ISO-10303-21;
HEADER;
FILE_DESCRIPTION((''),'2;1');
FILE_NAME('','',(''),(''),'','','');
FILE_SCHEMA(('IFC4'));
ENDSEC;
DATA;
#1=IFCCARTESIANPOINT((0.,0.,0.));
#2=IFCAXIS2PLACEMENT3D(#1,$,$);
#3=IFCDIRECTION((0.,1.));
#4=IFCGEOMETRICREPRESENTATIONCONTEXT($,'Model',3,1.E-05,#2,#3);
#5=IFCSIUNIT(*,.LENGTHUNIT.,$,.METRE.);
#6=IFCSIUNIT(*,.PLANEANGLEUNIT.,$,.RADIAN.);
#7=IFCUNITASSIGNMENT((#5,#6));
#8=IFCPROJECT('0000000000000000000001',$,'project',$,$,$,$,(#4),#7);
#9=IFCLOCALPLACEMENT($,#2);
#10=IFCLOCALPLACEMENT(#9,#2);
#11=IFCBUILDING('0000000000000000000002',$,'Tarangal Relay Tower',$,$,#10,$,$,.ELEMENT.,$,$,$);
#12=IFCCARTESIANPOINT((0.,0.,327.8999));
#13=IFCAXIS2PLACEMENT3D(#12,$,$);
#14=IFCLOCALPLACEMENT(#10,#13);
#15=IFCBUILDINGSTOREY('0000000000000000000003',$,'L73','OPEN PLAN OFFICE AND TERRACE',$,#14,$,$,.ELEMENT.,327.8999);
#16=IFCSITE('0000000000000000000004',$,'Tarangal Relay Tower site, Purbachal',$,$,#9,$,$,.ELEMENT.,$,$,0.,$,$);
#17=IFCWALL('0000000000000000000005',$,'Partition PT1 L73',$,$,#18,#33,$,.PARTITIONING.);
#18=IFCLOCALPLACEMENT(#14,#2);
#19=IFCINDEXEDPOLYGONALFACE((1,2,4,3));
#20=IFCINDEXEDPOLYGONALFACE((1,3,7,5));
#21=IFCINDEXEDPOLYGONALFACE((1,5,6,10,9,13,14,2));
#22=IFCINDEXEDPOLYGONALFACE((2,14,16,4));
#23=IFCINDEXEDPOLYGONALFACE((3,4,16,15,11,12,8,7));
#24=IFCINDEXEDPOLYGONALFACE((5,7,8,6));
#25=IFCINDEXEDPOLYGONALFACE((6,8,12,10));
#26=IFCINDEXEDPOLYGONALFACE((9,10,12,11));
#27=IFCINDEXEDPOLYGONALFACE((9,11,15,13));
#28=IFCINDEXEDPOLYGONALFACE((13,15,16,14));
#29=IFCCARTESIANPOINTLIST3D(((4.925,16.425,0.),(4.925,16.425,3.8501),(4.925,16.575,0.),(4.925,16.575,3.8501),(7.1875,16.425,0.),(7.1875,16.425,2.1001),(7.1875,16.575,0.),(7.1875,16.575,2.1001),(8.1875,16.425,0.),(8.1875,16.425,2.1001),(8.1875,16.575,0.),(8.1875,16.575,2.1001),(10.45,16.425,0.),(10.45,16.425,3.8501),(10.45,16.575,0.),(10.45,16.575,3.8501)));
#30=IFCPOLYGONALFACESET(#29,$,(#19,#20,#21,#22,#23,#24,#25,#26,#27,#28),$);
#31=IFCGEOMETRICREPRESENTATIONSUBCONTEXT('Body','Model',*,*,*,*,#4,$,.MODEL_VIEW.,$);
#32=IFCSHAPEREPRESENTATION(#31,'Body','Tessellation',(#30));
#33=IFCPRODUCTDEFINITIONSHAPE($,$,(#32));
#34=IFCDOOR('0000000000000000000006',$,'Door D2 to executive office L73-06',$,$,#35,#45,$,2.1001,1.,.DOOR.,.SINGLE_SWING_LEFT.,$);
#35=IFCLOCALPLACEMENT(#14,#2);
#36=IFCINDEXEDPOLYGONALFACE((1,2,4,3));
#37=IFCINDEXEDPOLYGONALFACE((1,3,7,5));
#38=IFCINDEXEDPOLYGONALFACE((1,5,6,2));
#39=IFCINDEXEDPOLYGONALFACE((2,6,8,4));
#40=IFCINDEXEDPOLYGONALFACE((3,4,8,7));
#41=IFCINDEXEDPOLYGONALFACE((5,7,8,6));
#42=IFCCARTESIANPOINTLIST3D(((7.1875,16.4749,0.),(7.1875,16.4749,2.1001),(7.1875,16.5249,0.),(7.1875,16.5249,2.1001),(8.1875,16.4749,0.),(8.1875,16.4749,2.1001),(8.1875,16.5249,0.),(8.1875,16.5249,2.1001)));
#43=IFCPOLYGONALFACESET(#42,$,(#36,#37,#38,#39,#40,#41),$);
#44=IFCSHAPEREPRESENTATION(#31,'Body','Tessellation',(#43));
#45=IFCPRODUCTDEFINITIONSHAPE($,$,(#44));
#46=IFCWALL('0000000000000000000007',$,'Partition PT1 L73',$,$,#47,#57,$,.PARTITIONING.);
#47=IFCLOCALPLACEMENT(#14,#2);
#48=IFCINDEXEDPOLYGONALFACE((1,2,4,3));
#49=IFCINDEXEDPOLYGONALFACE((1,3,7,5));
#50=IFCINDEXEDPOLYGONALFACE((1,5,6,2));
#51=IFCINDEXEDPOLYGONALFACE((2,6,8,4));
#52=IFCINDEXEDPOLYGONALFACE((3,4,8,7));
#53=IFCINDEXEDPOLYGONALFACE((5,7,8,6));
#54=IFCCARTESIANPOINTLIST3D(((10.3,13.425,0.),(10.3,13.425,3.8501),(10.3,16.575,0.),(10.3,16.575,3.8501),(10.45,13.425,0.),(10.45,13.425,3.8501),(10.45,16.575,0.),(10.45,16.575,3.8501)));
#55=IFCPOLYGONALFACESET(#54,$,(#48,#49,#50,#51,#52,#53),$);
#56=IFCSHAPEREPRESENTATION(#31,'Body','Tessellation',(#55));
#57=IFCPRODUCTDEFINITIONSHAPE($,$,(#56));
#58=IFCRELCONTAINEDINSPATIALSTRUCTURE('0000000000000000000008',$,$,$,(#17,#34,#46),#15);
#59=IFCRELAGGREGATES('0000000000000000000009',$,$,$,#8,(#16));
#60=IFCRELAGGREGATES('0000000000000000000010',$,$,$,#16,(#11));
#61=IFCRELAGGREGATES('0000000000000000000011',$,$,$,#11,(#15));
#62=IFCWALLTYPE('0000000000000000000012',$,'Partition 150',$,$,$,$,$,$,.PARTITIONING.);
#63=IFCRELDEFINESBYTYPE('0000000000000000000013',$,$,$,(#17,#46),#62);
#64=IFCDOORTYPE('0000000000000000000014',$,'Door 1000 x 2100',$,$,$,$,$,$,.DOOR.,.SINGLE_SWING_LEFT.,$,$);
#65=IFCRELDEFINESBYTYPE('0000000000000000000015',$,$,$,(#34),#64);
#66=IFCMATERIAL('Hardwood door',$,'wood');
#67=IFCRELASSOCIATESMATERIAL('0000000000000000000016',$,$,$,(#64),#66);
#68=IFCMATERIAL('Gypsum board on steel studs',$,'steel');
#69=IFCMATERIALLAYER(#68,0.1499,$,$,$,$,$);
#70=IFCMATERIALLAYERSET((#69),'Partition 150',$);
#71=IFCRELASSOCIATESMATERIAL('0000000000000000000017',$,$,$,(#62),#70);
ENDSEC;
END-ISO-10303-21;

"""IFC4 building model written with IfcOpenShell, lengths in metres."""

from ifc_helpers import new_model, si_unit, direction, frame, frame_2d, origin, place, context, subcontext, project, spatial, rectangle, extrude, material, layer, layer_set, type_object, element, fill, save


model = new_model("IFC4")

# Units and contexts
model_context = context("Model", 3, precision=1e-05, world=origin(), true_north=direction((0.0, 1.0)))
body_context = subcontext(model_context, "Body", "Model", "MODEL_VIEW")
ifc_project = project(units=[si_unit("LENGTHUNIT", "METRE"), si_unit("PLANEANGLEUNIT", "RADIAN")], contexts=[model_context])

# Site, building, storey
site_placement = place(None, origin())
site = spatial("IfcSite", under=ifc_project, at=site_placement, Name="Tarangal Relay Tower site, Purbachal", CompositionType="ELEMENT", RefElevation=0.0)
building_placement = place(site_placement, origin())
building = spatial("IfcBuilding", under=site, at=building_placement, Name="Tarangal Relay Tower", CompositionType="ELEMENT")
storey_placement = place(building_placement, frame((0.0, 0.0, 327.8999)))
storey = spatial("IfcBuildingStorey", under=building, at=storey_placement, Name="L73", Description="OPEN PLAN OFFICE AND TERRACE", CompositionType="ELEMENT", Elevation=327.8999)

# Shared definitions
ifc_material_1 = material(Name="Hardwood door", Category="wood")
door_type = type_object("IfcDoorType", Name="Door 1000 x 2100", OperationType="SINGLE_SWING_LEFT", PredefinedType="DOOR", material=ifc_material_1)

# Shared definitions
ifc_material_2 = material(Name="Gypsum board on steel studs", Category="steel")
ifc_layer_1 = layer(ifc_material_2, 0.1499)
ifc_layer_set_1 = layer_set([ifc_layer_1], Name="Partition 150")
wall_type_1 = type_object("IfcWallType", Name="Partition 150", PredefinedType="PARTITIONING", material=ifc_layer_set_1)

# Wall, opening, door
wall_1_placement = place(storey_placement, frame((4.925, 16.5, 0.0), z_axis=(0.0, 0.0, 1.0), x_axis=(1.0, 0.0, 0.0)))
wall_1 = element("IfcWall", 1, at=wall_1_placement, inside=storey, type_object=wall_type_1, Name="Partition PT1 L73", PredefinedType="PARTITIONING", context=body_context, shape_type="SweptSolid", body=[
    extrude(rectangle(XDim=5.5249, YDim=0.1499, at=frame_2d((2.7625, 0.0))), origin(), (0.0, 0.0, 1.0), 3.8501),
])
opening_1_placement = place(wall_1_placement, frame((2.2625, 0.0, 0.0)))
opening_1 = element("IfcOpeningElement", 2, at=opening_1_placement, cuts=wall_1, PredefinedType="OPENING", context=body_context, shape_type="SweptSolid", body=[
    extrude(rectangle(XDim=1.0, YDim=2.1001, at=frame_2d((0.5, 1.05))), frame((0.0, 0.085, 0.0), z_axis=(0.0, -1.0, 0.0), x_axis=(1.0, 0.0, 0.0)), (0.0, 0.0, 1.0), 0.1699),
])
door_1_placement = place(opening_1_placement, origin())
door_1 = element("IfcDoor", 3, at=door_1_placement, inside=storey, type_object=door_type, Name="Door D2 to executive office L73-06", OperationType="SINGLE_SWING_LEFT", OverallHeight=2.1001, OverallWidth=1.0, PredefinedType="DOOR", context=body_context, shape_type="SweptSolid", body=[
    extrude(rectangle(XDim=1.0, YDim=2.1001, at=frame_2d((0.5, 1.05))), frame((0.0, 0.0249, 0.0), z_axis=(0.0, -1.0, 0.0), x_axis=(1.0, 0.0, 0.0)), (0.0, 0.0, 1.0), 0.05),
])
fill(opening_1, door_1)

# Wall
wall_2_placement = place(storey_placement, frame((10.375, 13.425, 0.0), z_axis=(0.0, 0.0, 1.0), x_axis=(0.0, 1.0, 0.0)))
element("IfcWall", 4, at=wall_2_placement, inside=storey, type_object=wall_type_1, Name="Partition PT1 L73", PredefinedType="PARTITIONING", context=body_context, shape_type="SweptSolid", body=[
    extrude(rectangle(XDim=3.1499, YDim=0.1499, at=frame_2d((1.575, 0.0))), origin(), (0.0, 0.0, 1.0), 3.8501),
])

save(model, "model.ifc")
